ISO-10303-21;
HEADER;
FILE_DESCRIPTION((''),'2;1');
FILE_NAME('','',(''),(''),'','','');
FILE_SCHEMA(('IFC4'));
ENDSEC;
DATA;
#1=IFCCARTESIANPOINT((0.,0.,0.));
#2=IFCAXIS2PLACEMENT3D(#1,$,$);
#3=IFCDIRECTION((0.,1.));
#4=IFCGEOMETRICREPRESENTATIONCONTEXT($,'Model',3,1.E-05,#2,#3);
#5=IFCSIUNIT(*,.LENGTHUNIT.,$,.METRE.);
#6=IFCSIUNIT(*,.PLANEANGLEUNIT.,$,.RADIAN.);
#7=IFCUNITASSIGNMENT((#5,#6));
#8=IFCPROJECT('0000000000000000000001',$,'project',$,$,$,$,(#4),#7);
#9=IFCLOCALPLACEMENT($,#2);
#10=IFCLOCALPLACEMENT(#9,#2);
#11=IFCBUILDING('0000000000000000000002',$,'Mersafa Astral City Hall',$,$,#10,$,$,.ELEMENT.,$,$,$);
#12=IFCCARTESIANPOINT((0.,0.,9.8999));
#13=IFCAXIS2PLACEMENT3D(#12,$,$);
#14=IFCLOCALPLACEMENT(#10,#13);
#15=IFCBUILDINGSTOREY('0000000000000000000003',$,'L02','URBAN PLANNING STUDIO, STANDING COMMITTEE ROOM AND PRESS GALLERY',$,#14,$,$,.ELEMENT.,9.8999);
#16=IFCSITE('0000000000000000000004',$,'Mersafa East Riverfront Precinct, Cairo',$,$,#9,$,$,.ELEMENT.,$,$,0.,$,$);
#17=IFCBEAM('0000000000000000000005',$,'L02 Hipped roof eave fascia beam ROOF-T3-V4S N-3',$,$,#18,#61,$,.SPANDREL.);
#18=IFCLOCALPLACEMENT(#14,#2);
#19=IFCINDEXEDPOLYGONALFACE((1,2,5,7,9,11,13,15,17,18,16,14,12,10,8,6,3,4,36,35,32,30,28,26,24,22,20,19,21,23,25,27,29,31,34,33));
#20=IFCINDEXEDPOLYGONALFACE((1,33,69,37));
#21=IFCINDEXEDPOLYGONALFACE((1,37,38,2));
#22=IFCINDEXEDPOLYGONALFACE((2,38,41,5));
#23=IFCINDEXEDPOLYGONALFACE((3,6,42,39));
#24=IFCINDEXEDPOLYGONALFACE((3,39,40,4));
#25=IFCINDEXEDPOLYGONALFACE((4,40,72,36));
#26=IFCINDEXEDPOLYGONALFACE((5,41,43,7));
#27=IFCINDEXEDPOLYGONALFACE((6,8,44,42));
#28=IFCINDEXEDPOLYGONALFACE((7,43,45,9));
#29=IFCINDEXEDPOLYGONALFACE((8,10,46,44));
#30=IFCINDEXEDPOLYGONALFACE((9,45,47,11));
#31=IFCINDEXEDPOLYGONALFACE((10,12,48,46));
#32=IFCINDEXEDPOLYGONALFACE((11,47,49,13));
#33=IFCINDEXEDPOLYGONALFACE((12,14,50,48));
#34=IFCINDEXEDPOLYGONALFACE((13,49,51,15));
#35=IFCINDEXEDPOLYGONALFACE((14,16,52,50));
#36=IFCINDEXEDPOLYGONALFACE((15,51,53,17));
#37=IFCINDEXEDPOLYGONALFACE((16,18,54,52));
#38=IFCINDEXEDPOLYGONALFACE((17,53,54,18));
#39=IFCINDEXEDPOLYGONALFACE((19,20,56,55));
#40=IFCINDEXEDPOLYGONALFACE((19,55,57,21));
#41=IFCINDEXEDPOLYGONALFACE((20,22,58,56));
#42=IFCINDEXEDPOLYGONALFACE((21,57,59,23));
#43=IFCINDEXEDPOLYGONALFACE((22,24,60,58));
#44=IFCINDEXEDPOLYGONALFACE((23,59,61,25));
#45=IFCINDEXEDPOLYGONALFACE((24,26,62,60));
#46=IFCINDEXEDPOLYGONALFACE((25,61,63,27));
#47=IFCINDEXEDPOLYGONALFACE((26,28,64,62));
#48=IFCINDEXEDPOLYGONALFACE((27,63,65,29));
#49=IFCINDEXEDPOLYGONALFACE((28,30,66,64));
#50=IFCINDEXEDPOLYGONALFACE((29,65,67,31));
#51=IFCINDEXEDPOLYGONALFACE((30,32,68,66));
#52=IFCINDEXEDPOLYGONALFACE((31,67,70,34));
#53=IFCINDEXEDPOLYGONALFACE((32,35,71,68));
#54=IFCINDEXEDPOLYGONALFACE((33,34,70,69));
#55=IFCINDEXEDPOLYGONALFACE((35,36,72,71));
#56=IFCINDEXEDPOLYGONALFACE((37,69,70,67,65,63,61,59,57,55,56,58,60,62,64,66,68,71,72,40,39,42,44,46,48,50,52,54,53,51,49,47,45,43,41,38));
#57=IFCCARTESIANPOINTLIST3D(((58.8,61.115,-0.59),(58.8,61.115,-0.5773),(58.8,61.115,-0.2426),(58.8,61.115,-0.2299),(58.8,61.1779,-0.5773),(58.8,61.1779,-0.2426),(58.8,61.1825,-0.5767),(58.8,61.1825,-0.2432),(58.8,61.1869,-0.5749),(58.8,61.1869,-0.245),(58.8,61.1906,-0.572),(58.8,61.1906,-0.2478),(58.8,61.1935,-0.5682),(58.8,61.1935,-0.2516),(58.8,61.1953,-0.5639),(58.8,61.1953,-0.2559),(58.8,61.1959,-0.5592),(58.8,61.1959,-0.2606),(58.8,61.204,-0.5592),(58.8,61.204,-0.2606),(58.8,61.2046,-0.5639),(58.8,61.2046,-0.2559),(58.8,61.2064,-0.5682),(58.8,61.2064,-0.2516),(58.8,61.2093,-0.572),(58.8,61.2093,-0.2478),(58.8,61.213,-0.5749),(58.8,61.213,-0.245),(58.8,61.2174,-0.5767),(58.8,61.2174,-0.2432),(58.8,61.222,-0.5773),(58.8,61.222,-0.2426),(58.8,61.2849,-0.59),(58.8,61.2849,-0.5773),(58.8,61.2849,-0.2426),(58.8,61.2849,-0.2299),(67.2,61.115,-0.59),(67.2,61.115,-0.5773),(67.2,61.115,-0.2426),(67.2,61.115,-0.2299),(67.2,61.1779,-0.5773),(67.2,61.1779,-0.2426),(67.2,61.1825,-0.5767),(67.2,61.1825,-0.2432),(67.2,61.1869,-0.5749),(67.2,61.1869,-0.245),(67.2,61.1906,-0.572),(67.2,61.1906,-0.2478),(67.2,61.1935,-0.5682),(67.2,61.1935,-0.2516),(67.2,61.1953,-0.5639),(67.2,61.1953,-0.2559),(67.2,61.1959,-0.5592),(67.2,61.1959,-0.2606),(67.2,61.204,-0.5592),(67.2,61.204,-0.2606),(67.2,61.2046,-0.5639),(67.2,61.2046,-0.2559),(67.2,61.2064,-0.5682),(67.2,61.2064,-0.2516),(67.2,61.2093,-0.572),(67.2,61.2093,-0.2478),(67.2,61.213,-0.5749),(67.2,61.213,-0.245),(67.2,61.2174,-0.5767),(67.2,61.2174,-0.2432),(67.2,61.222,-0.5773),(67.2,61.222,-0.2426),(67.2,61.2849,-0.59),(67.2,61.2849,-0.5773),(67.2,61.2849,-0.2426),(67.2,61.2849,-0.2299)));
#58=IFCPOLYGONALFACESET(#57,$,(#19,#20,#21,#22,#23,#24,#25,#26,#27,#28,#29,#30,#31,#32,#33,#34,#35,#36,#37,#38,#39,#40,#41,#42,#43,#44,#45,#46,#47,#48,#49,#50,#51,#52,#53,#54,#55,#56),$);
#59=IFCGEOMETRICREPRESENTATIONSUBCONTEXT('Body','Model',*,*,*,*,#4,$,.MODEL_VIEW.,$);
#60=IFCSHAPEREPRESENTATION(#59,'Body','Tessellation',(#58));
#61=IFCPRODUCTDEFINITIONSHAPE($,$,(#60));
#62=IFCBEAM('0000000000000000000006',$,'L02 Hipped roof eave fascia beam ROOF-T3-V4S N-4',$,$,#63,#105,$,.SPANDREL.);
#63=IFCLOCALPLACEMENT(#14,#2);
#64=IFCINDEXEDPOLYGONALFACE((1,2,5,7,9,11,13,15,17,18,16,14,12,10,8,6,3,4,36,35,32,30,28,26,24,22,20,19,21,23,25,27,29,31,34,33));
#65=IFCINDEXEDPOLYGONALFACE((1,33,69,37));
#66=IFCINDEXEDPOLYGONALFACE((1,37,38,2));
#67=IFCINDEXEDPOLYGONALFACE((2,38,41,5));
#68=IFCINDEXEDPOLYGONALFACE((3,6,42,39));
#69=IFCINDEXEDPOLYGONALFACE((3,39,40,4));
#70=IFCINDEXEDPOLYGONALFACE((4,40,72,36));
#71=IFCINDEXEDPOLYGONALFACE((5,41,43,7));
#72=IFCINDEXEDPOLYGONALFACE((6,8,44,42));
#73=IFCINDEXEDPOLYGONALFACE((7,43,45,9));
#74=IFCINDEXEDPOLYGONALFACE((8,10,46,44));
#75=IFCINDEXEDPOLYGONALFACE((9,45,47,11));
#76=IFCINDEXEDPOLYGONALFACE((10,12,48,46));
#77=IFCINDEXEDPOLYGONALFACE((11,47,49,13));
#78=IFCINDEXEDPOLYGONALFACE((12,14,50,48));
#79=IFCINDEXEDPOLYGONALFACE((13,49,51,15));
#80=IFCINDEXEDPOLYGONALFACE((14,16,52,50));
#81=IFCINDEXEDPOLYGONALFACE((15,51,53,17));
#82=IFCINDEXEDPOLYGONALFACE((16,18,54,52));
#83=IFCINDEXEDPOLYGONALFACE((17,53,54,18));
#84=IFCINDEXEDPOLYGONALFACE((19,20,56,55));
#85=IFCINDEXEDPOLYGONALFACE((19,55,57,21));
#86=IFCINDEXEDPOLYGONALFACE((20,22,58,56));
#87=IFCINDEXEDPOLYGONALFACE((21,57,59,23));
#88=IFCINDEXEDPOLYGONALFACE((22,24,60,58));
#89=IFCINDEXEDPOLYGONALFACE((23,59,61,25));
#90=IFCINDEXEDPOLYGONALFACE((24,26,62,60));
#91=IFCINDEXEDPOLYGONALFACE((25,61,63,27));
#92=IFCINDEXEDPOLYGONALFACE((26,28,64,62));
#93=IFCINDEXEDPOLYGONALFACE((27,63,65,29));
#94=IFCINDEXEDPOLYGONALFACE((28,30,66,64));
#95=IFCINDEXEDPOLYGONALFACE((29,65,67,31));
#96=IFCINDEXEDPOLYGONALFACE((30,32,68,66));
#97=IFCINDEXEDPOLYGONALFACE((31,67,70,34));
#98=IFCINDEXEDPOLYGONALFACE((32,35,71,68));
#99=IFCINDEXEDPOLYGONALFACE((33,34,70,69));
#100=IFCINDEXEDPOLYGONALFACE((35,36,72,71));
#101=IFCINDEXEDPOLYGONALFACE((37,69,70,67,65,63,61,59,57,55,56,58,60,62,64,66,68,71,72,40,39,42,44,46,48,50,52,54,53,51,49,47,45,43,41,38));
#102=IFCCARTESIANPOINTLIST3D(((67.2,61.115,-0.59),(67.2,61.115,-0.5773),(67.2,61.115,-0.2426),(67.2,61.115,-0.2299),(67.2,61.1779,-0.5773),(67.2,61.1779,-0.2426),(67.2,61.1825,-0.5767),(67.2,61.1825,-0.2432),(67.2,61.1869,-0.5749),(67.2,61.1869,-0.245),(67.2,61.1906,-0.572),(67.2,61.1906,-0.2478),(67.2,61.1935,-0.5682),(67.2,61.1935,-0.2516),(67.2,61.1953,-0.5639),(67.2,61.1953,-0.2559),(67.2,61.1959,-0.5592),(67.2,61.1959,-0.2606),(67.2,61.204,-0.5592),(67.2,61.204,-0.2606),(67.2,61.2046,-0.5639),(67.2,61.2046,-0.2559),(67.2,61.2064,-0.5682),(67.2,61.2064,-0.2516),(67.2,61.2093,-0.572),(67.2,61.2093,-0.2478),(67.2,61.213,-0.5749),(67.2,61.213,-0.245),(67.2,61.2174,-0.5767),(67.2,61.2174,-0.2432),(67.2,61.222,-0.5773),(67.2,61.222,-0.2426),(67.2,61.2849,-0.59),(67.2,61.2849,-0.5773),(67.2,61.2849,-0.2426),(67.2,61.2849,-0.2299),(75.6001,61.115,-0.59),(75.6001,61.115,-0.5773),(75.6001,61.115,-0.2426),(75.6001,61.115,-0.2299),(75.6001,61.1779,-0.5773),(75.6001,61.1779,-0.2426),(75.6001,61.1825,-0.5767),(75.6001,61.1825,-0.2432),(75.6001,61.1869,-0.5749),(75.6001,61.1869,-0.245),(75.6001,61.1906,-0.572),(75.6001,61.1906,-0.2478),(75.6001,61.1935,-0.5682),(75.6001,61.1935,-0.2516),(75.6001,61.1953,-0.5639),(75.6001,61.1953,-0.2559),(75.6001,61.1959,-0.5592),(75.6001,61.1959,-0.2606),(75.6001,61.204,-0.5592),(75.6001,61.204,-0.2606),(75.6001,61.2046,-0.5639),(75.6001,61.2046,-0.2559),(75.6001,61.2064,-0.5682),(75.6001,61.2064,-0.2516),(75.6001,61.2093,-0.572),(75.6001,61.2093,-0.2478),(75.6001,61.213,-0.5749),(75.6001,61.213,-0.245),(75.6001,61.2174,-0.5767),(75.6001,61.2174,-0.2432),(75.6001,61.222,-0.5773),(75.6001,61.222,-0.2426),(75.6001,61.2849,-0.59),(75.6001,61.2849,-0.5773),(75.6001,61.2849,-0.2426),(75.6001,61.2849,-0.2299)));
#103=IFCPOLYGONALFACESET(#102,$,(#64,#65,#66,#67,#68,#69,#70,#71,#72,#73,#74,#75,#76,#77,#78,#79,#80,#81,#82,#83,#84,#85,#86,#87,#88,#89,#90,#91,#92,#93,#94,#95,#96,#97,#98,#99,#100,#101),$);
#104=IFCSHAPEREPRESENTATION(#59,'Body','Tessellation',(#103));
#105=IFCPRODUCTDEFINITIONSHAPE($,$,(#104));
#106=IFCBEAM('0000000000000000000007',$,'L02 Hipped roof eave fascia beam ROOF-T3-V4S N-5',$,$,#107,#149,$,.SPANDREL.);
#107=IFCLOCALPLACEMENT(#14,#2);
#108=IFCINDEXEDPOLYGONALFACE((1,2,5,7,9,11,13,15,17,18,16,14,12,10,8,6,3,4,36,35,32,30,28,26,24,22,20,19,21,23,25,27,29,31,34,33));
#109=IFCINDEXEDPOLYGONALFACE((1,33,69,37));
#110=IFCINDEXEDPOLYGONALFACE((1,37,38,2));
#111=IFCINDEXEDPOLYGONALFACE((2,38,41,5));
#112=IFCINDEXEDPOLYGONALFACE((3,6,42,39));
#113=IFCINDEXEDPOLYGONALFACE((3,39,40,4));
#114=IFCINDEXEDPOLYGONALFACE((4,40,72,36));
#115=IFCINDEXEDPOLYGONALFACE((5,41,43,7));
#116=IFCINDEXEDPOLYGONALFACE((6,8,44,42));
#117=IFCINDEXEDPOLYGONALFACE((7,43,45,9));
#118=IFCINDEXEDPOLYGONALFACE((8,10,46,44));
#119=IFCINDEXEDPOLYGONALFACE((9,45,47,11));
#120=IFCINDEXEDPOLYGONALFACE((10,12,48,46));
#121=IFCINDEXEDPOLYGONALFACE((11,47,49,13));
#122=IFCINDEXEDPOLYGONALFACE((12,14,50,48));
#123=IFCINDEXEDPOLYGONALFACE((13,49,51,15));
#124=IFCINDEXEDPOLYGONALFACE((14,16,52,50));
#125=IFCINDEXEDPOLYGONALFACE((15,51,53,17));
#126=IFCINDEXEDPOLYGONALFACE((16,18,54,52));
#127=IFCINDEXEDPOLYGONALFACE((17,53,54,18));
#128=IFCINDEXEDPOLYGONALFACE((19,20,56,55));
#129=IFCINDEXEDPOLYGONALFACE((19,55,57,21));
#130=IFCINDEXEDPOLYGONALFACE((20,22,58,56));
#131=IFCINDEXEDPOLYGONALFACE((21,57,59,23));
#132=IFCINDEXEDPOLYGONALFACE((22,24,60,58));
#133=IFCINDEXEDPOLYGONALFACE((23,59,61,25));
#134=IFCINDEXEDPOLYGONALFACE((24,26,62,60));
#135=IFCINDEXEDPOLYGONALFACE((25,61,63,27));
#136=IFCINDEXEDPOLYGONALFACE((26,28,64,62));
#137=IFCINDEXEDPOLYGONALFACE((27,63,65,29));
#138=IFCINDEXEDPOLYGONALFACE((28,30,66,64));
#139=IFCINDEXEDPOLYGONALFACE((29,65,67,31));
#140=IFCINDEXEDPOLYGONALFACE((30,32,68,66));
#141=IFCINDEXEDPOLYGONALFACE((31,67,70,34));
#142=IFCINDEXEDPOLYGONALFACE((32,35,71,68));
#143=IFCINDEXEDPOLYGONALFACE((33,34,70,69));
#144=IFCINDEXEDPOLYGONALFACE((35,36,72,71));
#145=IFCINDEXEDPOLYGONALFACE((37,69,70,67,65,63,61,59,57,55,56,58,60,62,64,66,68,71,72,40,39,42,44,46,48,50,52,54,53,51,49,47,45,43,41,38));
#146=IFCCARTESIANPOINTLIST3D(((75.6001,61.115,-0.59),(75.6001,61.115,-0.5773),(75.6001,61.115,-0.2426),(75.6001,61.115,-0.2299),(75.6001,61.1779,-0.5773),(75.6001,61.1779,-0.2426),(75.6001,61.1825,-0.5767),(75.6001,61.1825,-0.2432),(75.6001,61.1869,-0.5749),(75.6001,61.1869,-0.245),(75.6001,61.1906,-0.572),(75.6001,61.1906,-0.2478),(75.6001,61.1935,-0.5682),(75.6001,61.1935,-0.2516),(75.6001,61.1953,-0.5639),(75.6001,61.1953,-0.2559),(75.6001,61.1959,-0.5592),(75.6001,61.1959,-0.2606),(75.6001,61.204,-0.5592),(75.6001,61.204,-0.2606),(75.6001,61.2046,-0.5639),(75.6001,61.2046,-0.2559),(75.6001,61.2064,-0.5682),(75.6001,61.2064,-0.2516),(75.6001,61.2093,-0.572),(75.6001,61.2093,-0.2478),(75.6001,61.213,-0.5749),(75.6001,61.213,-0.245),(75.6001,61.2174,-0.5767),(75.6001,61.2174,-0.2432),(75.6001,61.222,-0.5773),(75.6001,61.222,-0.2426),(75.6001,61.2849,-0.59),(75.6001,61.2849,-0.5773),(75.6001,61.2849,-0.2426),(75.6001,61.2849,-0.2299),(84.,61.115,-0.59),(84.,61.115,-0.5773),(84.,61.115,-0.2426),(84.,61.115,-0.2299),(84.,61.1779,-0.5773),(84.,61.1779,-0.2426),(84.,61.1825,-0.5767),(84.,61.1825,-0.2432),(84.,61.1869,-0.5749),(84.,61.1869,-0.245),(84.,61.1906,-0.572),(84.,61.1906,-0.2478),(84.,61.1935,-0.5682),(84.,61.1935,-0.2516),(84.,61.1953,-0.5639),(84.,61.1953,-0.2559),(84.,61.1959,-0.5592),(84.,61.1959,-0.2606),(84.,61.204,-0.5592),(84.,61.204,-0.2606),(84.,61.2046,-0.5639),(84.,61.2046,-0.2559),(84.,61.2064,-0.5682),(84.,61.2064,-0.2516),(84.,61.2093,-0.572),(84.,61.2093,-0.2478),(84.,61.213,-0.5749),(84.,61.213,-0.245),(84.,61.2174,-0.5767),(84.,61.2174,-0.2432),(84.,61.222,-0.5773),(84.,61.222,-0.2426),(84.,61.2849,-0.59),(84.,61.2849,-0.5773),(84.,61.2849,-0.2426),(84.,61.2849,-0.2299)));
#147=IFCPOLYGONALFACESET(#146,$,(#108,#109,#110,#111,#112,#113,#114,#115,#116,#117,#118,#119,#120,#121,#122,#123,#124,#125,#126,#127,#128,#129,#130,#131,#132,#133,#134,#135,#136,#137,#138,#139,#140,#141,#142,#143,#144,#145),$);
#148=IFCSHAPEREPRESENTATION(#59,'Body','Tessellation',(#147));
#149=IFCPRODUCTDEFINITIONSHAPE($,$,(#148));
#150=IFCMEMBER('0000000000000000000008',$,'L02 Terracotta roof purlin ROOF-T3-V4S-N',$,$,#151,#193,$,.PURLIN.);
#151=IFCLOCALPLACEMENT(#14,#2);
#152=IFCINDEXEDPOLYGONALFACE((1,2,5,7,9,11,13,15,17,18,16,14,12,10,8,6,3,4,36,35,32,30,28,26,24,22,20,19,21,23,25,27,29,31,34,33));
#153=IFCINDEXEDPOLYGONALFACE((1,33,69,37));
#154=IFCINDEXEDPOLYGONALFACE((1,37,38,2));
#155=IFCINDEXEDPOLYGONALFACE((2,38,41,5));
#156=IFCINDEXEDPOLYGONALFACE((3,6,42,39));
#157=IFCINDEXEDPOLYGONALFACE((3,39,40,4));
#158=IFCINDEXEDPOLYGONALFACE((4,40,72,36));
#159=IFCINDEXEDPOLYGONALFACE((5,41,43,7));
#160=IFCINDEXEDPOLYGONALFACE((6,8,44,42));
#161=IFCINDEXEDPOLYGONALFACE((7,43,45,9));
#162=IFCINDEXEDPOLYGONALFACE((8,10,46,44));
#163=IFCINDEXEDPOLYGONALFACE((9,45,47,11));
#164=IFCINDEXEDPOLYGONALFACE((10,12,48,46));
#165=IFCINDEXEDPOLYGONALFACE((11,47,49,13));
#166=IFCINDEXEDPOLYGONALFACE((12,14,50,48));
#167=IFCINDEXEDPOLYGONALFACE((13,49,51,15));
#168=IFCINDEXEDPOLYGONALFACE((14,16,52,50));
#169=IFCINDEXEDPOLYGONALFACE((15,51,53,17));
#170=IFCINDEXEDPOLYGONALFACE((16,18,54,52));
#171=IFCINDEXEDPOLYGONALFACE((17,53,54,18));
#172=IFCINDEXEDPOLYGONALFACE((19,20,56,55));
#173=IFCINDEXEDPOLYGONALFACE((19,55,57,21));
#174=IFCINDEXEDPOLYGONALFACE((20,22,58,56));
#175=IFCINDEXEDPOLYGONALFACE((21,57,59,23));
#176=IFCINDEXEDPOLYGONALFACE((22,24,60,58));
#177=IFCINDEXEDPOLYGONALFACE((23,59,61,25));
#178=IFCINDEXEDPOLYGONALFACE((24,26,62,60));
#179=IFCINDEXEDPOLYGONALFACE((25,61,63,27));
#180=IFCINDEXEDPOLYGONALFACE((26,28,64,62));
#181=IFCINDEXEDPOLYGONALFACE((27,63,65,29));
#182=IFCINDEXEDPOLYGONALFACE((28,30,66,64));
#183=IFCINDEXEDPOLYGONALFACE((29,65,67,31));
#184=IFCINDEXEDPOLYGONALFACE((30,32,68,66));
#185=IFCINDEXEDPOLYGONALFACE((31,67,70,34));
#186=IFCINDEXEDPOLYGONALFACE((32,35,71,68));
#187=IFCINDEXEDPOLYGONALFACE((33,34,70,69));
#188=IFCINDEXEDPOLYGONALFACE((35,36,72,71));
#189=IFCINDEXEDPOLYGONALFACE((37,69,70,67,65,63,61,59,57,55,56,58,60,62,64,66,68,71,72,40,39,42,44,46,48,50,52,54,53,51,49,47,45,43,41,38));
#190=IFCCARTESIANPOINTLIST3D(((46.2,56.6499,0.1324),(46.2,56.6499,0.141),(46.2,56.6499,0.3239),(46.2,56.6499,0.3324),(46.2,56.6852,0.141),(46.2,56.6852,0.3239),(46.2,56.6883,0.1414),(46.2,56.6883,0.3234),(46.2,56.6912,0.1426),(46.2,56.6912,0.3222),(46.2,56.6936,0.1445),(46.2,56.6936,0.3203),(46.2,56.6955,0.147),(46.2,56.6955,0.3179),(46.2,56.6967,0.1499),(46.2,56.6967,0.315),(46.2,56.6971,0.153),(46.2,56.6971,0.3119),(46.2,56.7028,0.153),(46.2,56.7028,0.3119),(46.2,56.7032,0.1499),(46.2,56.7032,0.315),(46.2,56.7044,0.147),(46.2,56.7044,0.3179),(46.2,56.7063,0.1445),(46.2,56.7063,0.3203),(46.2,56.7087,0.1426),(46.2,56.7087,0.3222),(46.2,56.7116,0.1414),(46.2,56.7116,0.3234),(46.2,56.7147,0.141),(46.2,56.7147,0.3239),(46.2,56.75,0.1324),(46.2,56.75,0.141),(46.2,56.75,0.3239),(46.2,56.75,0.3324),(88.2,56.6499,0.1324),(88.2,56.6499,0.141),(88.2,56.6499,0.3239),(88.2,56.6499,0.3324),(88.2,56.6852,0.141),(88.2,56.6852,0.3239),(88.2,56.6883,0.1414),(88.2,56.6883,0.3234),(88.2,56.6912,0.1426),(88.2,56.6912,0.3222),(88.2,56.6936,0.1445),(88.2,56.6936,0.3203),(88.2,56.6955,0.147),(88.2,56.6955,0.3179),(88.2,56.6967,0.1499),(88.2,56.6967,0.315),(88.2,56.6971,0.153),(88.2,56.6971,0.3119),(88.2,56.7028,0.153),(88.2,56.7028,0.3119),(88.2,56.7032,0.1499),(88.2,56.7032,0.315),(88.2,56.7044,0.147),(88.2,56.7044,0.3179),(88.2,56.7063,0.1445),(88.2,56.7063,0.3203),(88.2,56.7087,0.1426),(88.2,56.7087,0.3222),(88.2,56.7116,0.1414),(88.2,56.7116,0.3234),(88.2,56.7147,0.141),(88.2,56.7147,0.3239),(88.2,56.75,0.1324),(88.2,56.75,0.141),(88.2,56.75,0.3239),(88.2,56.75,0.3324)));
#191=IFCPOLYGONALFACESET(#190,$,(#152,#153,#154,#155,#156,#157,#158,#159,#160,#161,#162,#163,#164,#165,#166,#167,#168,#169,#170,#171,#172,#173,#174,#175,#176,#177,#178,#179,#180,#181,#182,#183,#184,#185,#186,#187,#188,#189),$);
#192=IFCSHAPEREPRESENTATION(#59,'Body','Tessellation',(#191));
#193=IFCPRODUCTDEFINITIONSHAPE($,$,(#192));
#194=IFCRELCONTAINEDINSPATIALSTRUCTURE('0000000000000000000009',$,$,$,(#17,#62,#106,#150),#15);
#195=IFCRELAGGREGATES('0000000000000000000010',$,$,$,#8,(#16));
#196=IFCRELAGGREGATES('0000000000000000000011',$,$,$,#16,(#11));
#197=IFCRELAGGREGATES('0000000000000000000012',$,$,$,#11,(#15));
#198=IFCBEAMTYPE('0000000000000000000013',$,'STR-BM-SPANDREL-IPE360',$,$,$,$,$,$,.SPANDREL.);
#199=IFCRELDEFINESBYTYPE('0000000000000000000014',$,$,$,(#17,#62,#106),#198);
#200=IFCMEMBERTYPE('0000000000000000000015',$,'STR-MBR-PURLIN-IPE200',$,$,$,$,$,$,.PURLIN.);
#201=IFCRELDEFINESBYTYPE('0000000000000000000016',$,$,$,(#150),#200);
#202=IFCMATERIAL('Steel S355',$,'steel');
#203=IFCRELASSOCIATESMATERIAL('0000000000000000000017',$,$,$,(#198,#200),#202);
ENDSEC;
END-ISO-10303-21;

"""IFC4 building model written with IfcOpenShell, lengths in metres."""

from ifc_helpers import new_model, si_unit, direction, frame, origin, origin_2d, place, context, subcontext, project, spatial, i_section, extrude, material, material_profile, profile_set, type_object, element, save


model = new_model("IFC4")

# Units and contexts
model_context = context("Model", 3, precision=1e-05, world=origin(), true_north=direction((0.0, 1.0)))
body_context = subcontext(model_context, "Body", "Model", "MODEL_VIEW")
ifc_project = project(units=[si_unit("LENGTHUNIT", "METRE"), si_unit("PLANEANGLEUNIT", "RADIAN")], contexts=[model_context])

# Site, building, storey
site_placement = place(None, origin())
site = spatial("IfcSite", under=ifc_project, at=site_placement, Name="Mersafa East Riverfront Precinct, Cairo", CompositionType="ELEMENT", RefElevation=0.0)
building_placement = place(site_placement, origin())
building = spatial("IfcBuilding", under=site, at=building_placement, Name="Mersafa Astral City Hall", CompositionType="ELEMENT")
storey_placement = place(building_placement, frame((0.0, 0.0, 9.8999)))
storey = spatial("IfcBuildingStorey", under=building, at=storey_placement, Name="L02", Description="URBAN PLANNING STUDIO, STANDING COMMITTEE ROOM AND PRESS GALLERY", CompositionType="ELEMENT", Elevation=9.8999)

# Beams
ifc_material = material(Name="Steel S355", Category="steel")
ifc_material_profile_1 = material_profile(ifc_material, i_section(OverallWidth=0.1699, OverallDepth=0.3601, WebThickness=0.0081, FlangeThickness=0.0127, FilletRadius=0.0181, at=origin_2d()), Name="IPE 360")
ifc_profile_set_1 = profile_set([ifc_material_profile_1], Name="Steel S355")
beam_type_1 = type_object("IfcBeamType", Name="STR-BM-SPANDREL-IPE360", PredefinedType="SPANDREL", material=ifc_profile_set_1)
beam_1_placement = place(storey_placement, frame((58.8, 61.2, -0.4099), z_axis=(1.0, 0.0, 0.0), x_axis=(0.0, 1.0, 0.0)))
element("IfcBeam", 1, at=beam_1_placement, inside=storey, type_object=beam_type_1, Name="L02 Hipped roof eave fascia beam ROOF-T3-V4S N-3", PredefinedType="SPANDREL", context=body_context, shape_type="SweptSolid", body=[
    extrude(i_section(OverallWidth=0.1699, OverallDepth=0.3601, WebThickness=0.0081, FlangeThickness=0.0127, FilletRadius=0.0181, at=origin_2d()), origin(), (0.0, 0.0, 1.0), 8.3999),
])
beam_2_placement = place(storey_placement, frame((67.2, 61.2, -0.4099), z_axis=(1.0, 0.0, 0.0), x_axis=(0.0, 1.0, 0.0)))
element("IfcBeam", 2, at=beam_2_placement, inside=storey, type_object=beam_type_1, Name="L02 Hipped roof eave fascia beam ROOF-T3-V4S N-4", PredefinedType="SPANDREL", context=body_context, shape_type="SweptSolid", body=[
    extrude(i_section(OverallWidth=0.1699, OverallDepth=0.3601, WebThickness=0.0081, FlangeThickness=0.0127, FilletRadius=0.0181, at=origin_2d()), origin(), (0.0, 0.0, 1.0), 8.4001),
])
beam_3_placement = place(storey_placement, frame((75.6001, 61.2, -0.4099), z_axis=(1.0, 0.0, 0.0), x_axis=(0.0, 1.0, 0.0)))
element("IfcBeam", 3, at=beam_3_placement, inside=storey, type_object=beam_type_1, Name="L02 Hipped roof eave fascia beam ROOF-T3-V4S N-5", PredefinedType="SPANDREL", context=body_context, shape_type="SweptSolid", body=[
    extrude(i_section(OverallWidth=0.1699, OverallDepth=0.3601, WebThickness=0.0081, FlangeThickness=0.0127, FilletRadius=0.0181, at=origin_2d()), origin(), (0.0, 0.0, 1.0), 8.3999),
])

# Member
ifc_material_profile_2 = material_profile(ifc_material, i_section(OverallWidth=0.1001, OverallDepth=0.2, WebThickness=0.0056, FlangeThickness=0.0085, FilletRadius=0.012, at=origin_2d()), Name="IPE 200")
ifc_profile_set_2 = profile_set([ifc_material_profile_2], Name="Steel S355")
member_type_1 = type_object("IfcMemberType", Name="STR-MBR-PURLIN-IPE200", PredefinedType="PURLIN", material=ifc_profile_set_2)
member_placement = place(storey_placement, frame((46.2, 56.7, 0.2324), z_axis=(1.0, 0.0, 0.0), x_axis=(0.0, 1.0, 0.0)))
element("IfcMember", 4, at=member_placement, inside=storey, type_object=member_type_1, Name="L02 Terracotta roof purlin ROOF-T3-V4S-N", PredefinedType="PURLIN", context=body_context, shape_type="SweptSolid", body=[
    extrude(i_section(OverallWidth=0.1001, OverallDepth=0.2, WebThickness=0.0056, FlangeThickness=0.0085, FilletRadius=0.012, at=origin_2d()), origin(), (0.0, 0.0, 1.0), 42.0),
])

save(model, "model.ifc")
